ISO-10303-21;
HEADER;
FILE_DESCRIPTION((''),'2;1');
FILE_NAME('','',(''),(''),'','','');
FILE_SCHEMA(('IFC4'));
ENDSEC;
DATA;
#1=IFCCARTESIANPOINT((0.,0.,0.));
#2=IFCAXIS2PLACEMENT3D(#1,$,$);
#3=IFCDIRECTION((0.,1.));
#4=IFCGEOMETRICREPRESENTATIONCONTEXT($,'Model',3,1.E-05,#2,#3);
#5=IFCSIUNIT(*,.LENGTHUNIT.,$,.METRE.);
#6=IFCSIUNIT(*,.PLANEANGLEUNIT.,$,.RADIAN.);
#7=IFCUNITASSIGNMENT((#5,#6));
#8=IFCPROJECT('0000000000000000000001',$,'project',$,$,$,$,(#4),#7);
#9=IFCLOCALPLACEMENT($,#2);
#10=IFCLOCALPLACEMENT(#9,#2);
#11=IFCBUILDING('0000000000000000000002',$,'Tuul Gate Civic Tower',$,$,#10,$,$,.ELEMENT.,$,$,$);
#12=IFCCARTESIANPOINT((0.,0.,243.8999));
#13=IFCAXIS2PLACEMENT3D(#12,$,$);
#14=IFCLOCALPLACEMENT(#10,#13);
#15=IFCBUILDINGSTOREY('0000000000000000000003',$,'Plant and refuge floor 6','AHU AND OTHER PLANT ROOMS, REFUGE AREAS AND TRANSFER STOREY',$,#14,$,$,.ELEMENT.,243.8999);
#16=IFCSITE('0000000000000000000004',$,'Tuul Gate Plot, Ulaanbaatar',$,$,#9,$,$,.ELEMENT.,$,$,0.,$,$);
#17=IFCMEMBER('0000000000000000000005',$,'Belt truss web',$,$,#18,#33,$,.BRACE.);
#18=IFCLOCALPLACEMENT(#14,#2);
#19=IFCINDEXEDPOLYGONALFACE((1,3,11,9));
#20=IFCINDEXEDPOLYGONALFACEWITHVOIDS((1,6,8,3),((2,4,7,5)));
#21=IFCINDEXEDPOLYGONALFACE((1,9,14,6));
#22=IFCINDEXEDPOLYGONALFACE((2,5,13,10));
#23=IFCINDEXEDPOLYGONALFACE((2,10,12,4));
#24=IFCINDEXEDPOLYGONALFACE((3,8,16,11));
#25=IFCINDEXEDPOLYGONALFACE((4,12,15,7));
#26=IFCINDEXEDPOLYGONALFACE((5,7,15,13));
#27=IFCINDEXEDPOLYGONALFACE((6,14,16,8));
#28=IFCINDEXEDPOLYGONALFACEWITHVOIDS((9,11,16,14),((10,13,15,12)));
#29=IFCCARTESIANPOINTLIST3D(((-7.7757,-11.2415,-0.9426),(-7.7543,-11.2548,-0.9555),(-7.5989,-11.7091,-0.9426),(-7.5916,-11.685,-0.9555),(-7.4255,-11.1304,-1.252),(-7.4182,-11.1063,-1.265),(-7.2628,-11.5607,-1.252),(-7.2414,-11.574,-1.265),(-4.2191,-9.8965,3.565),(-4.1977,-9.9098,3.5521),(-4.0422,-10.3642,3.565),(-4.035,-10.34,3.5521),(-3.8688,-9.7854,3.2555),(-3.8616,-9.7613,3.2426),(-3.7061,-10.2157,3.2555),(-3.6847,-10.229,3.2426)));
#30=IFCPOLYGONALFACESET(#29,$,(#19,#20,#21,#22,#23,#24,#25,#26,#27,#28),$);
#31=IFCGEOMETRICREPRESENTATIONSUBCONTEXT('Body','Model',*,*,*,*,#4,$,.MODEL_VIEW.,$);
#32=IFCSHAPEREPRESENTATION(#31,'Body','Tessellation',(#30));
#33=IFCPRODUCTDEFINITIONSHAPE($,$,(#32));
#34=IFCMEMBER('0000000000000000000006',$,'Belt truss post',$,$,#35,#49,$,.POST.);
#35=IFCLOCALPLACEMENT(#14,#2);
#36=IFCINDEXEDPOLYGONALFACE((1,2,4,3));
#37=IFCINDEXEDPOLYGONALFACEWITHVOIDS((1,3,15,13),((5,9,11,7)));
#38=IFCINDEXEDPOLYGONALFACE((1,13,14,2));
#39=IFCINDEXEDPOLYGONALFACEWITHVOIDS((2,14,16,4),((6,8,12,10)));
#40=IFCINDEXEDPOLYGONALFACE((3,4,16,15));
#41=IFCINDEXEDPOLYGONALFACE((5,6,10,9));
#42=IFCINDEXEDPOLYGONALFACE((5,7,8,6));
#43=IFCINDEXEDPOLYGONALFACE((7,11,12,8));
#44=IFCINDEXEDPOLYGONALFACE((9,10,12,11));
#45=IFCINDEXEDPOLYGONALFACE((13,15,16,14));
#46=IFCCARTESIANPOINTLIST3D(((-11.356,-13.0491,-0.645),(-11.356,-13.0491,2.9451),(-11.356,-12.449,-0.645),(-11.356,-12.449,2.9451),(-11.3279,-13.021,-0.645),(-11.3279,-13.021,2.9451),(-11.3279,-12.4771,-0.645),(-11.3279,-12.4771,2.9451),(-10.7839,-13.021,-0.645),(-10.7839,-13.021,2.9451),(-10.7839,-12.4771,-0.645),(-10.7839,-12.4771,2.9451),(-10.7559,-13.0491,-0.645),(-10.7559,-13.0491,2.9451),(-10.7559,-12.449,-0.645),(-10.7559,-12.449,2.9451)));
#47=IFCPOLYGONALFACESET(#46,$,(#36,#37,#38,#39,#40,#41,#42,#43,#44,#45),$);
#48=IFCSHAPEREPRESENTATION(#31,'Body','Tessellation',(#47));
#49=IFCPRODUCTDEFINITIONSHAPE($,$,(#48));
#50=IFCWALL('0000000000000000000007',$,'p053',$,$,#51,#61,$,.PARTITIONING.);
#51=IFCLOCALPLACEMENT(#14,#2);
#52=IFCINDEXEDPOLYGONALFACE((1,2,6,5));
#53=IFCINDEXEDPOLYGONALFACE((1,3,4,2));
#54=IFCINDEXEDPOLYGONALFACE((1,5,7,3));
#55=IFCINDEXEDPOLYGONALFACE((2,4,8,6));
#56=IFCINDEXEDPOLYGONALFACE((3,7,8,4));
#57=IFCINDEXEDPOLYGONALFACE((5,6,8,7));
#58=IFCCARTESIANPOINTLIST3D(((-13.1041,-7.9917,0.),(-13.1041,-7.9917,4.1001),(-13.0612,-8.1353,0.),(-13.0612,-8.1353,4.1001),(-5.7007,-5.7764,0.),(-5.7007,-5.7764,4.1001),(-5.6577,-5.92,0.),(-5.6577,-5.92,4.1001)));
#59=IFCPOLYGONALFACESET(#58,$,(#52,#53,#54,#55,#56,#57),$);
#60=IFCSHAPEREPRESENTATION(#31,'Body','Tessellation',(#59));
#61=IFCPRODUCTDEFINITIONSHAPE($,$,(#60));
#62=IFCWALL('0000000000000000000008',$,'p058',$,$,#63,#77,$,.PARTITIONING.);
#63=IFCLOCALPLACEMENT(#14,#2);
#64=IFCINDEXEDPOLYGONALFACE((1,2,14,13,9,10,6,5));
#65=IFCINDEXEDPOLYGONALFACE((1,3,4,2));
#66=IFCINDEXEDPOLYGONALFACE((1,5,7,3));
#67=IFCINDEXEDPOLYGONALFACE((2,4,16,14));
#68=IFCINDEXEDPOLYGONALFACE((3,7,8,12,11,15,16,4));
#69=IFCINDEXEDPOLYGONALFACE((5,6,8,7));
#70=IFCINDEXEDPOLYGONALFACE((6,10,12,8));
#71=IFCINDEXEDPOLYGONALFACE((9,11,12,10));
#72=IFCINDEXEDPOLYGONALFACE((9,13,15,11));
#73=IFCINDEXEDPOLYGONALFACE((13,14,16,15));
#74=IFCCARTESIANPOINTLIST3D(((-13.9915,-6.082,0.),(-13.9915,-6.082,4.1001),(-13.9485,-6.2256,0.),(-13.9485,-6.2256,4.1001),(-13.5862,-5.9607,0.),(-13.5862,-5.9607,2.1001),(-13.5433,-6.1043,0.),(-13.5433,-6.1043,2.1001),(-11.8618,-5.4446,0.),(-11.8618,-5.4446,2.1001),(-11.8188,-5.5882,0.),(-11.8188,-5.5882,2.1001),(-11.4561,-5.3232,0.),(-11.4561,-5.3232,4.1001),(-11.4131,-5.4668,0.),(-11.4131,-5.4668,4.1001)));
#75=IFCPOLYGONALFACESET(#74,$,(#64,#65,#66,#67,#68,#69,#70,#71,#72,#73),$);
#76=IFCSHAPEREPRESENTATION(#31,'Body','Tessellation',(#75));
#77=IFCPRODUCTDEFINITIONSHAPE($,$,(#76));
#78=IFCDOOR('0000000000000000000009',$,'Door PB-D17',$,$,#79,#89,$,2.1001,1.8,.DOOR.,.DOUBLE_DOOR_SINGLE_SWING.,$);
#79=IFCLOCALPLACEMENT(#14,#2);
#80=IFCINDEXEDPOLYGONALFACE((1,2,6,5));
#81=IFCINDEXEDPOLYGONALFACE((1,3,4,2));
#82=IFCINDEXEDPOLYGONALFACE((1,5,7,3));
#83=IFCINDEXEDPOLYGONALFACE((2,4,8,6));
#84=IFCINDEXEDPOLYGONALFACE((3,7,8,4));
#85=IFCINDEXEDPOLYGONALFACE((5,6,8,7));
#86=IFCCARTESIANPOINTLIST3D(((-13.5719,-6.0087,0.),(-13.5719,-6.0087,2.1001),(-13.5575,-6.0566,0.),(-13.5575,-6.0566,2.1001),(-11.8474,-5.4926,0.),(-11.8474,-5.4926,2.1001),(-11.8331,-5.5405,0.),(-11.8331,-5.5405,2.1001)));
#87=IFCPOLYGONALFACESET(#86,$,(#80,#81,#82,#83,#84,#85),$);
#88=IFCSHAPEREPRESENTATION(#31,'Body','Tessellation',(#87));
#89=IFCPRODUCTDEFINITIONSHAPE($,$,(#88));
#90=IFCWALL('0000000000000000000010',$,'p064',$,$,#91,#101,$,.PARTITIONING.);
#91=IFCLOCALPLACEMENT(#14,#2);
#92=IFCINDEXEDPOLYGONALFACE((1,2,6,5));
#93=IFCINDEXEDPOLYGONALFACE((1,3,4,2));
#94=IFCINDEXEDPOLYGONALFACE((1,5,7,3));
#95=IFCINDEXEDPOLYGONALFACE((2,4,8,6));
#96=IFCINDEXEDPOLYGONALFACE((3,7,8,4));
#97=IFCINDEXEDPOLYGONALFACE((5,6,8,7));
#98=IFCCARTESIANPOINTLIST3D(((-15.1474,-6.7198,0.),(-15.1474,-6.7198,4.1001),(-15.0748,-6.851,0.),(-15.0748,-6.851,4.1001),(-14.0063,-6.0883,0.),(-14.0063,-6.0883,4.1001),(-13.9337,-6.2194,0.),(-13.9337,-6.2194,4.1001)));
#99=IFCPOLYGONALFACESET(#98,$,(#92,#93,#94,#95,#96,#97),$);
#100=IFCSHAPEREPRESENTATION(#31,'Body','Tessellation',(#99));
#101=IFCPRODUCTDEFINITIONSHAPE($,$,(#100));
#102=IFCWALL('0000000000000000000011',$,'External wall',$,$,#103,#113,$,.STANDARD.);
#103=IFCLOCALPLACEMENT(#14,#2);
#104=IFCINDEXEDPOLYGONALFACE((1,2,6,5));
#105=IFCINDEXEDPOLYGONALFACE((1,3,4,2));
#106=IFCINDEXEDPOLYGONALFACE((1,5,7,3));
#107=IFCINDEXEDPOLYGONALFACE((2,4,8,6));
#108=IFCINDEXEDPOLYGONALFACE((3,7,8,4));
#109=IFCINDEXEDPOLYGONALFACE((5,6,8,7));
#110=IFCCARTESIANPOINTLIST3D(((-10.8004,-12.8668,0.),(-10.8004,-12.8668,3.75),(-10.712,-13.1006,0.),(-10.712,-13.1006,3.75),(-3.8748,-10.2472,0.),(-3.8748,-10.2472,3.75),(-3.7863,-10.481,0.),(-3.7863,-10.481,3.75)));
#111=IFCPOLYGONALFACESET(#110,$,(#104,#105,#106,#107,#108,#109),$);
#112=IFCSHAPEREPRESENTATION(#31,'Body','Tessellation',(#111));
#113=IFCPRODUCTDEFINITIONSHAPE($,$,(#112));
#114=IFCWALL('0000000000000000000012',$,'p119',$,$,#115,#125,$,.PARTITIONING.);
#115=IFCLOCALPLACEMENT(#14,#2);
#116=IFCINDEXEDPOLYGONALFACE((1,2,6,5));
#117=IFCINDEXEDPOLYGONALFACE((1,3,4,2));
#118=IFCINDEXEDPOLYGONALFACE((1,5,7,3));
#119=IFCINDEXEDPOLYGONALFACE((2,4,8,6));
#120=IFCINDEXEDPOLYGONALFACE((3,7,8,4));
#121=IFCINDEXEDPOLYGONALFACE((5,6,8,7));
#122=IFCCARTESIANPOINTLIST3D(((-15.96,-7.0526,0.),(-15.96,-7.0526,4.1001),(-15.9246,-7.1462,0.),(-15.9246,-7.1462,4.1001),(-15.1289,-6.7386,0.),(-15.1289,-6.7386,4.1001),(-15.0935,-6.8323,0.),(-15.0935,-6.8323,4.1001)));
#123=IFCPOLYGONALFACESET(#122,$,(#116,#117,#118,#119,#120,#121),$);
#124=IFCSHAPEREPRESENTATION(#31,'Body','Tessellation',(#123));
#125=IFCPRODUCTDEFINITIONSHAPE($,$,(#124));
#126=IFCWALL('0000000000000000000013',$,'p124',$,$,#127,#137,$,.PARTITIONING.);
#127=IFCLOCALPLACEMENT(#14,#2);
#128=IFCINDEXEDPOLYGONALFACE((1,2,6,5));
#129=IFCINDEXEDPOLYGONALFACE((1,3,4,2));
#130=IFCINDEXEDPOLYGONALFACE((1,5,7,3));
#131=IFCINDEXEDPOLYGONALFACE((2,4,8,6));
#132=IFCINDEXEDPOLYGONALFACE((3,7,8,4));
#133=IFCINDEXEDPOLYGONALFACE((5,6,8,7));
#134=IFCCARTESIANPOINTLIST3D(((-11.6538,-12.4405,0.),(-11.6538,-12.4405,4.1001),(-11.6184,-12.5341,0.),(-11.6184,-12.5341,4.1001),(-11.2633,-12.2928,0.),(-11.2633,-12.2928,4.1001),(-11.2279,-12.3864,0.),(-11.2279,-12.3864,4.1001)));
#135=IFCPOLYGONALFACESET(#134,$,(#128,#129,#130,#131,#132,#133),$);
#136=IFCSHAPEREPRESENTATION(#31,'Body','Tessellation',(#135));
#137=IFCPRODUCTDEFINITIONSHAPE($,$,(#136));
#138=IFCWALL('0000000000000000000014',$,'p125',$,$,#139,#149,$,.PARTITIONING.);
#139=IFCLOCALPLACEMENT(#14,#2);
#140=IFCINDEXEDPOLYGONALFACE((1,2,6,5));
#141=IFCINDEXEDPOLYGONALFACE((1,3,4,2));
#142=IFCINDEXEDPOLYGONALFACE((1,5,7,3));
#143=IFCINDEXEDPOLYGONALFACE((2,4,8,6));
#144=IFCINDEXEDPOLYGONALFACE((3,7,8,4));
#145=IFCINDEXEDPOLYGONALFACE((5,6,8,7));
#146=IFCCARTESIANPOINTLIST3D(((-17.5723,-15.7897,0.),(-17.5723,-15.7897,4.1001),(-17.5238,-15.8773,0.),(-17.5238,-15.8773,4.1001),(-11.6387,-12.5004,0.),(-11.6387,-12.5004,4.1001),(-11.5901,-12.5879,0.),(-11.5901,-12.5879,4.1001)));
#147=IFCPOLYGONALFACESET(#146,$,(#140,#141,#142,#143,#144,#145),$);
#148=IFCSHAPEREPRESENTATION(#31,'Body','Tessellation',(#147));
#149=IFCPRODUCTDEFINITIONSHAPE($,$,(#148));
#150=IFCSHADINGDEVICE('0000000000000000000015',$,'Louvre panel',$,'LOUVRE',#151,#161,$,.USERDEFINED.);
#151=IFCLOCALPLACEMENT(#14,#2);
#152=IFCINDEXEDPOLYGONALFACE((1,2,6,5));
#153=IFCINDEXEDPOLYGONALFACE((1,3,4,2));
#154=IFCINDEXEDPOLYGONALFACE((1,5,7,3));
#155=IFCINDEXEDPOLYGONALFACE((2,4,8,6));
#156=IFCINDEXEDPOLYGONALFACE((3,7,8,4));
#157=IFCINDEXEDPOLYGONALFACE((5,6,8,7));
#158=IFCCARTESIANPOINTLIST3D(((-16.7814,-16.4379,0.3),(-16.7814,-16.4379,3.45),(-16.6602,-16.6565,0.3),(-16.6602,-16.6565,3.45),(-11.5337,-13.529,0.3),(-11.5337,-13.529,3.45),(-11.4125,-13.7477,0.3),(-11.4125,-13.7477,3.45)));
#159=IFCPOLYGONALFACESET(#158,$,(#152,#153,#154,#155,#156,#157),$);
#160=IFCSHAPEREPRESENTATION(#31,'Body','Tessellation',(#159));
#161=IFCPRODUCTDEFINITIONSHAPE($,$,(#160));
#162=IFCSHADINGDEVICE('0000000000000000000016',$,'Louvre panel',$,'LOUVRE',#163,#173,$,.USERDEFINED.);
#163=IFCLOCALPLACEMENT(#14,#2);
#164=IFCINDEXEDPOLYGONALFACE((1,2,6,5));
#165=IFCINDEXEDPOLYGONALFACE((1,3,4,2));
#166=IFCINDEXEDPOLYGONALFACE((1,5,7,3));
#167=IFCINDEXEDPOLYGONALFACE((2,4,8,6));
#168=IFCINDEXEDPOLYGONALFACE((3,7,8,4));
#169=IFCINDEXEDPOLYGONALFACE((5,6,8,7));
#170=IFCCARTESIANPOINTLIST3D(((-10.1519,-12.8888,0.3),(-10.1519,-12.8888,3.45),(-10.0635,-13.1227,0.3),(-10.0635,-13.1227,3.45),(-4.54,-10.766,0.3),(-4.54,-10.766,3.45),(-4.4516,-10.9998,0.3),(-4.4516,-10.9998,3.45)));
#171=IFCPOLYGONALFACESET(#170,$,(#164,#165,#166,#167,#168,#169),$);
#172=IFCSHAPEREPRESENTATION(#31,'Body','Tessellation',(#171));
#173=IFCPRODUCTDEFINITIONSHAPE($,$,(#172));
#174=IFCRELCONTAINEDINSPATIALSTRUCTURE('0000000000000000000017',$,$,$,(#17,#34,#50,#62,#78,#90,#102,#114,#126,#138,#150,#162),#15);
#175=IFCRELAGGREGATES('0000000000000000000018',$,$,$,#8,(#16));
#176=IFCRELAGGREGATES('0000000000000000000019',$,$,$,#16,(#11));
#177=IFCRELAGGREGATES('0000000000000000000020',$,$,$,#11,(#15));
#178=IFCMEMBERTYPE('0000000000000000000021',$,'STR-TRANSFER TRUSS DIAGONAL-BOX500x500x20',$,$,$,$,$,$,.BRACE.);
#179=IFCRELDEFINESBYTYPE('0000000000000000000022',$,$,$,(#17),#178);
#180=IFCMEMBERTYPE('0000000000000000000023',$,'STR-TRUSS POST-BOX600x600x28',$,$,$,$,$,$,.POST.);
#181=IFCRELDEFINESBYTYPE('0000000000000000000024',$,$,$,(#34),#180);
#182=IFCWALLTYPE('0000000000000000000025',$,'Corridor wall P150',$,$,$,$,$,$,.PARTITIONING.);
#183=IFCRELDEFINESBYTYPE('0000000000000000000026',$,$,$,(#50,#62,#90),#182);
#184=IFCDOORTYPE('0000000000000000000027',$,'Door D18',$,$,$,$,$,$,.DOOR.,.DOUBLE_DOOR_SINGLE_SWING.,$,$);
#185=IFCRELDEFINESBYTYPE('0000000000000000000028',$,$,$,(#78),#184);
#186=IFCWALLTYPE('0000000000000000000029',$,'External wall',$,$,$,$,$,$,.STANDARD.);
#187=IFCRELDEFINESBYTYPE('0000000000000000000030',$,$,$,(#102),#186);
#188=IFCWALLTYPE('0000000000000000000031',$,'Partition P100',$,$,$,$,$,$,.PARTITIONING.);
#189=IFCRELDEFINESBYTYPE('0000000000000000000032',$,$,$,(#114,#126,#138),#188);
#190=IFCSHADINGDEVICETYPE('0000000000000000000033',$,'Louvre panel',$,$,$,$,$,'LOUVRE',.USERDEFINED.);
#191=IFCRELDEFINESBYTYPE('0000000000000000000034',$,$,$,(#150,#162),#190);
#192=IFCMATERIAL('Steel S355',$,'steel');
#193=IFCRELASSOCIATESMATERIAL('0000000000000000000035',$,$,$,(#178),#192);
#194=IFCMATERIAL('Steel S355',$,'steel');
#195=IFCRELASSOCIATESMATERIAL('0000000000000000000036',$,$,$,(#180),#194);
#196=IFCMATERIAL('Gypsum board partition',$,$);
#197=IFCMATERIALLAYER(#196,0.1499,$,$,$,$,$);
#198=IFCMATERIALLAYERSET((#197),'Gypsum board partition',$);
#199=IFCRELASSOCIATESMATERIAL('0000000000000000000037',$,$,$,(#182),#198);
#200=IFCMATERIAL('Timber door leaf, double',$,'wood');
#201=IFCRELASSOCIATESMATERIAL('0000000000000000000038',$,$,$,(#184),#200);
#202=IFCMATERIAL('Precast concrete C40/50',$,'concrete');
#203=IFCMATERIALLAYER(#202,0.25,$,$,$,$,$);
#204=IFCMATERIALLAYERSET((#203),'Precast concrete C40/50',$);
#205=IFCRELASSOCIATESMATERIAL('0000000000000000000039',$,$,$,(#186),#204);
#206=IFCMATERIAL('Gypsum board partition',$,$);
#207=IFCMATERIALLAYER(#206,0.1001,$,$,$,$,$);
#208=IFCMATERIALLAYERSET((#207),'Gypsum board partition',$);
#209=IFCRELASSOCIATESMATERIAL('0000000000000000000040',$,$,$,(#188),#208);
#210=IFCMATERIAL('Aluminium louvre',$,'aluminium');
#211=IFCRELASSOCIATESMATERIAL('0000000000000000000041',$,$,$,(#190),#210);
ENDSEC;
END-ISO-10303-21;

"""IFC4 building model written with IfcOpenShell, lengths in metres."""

from ifc_helpers import new_model, si_unit, direction, frame, frame_2d, origin, origin_2d, place, context, subcontext, project, spatial, rectangle, hollow_rectangle, extrude, material, layer, layer_set, material_profile, profile_set, type_object, element, fill, save


model = new_model("IFC4")

# Units and contexts
model_context = context("Model", 3, precision=1e-05, world=origin(), true_north=direction((0.0, 1.0)))
body_context = subcontext(model_context, "Body", "Model", "MODEL_VIEW")
ifc_project = project(units=[si_unit("LENGTHUNIT", "METRE"), si_unit("PLANEANGLEUNIT", "RADIAN")], contexts=[model_context])

# Site, building, storey
site_placement = place(None, origin())
site = spatial("IfcSite", under=ifc_project, at=site_placement, Name="Tuul Gate Plot, Ulaanbaatar", CompositionType="ELEMENT", RefElevation=0.0)
building_placement = place(site_placement, origin())
building = spatial("IfcBuilding", under=site, at=building_placement, Name="Tuul Gate Civic Tower", CompositionType="ELEMENT")
storey_placement = place(building_placement, frame((0.0, 0.0, 243.8999)))
storey = spatial("IfcBuildingStorey", under=building, at=storey_placement, Name="Plant and refuge floor 6", Description="AHU AND OTHER PLANT ROOMS, REFUGE AREAS AND TRANSFER STOREY", CompositionType="ELEMENT", Elevation=243.8999)

# Members
ifc_material_1 = material(Name="Steel S355", Category="steel")
ifc_material_profile_1 = material_profile(ifc_material_1, hollow_rectangle(XDim=0.5, YDim=0.5, WallThickness=0.02, at=origin_2d()), Name="BOX500x500x20")
ifc_profile_set_1 = profile_set([ifc_material_profile_1], Name="Steel S355")
member_type_1 = type_object("IfcMemberType", Name="STR-TRANSFER TRUSS DIAGONAL-BOX500x500x20", PredefinedType="BRACE", material=ifc_profile_set_1)
for number, where, z_axis, x_axis, name in (
    (1, (-7.5085, -11.4077, -1.1038), (0.603108, 0.22807, 0.764359), (-0.353711, 0.935355, 0.0), "Belt truss web"),
):
    element("IfcMember", number, at=place(storey_placement, frame(where, z_axis=z_axis, x_axis=x_axis)), inside=storey, type_object=member_type_1, Name=name, PredefinedType="BRACE", context=body_context, shape_type="SweptSolid", body=[
        extrude(hollow_rectangle(XDim=0.5, YDim=0.5, WallThickness=0.02, at=origin_2d()), origin(), (0.0, 0.0, 1.0), 5.8972),
    ])
ifc_material_2 = material(Name="Steel S355", Category="steel")
ifc_material_profile_2 = material_profile(ifc_material_2, hollow_rectangle(XDim=0.6001, YDim=0.6001, WallThickness=0.0281, at=origin_2d()), Name="BOX600x600x28")
ifc_profile_set_2 = profile_set([ifc_material_profile_2], Name="Steel S355")
member_type_2 = type_object("IfcMemberType", Name="STR-TRUSS POST-BOX600x600x28", PredefinedType="POST", material=ifc_profile_set_2)
member_placement = place(storey_placement, frame((-11.0559, -12.749, -0.645), z_axis=(0.0, 0.0, 1.0), x_axis=(1.0, 0.0, 0.0)))
element("IfcMember", 2, at=member_placement, inside=storey, type_object=member_type_2, Name="Belt truss post", PredefinedType="POST", context=body_context, shape_type="SweptSolid", body=[
    extrude(hollow_rectangle(XDim=0.6001, YDim=0.6001, WallThickness=0.0281, at=origin_2d()), origin(), (0.0, 0.0, 1.0), 3.5901),
])

# Wall
ifc_material_3 = material(Name="Gypsum board partition")
ifc_layer_1 = layer(ifc_material_3, 0.1499)
ifc_layer_set_1 = layer_set([ifc_layer_1], Name="Gypsum board partition")
wall_type_1 = type_object("IfcWallType", Name="Corridor wall P150", PredefinedType="PARTITIONING", material=ifc_layer_set_1)
wall_1_placement = place(storey_placement, frame((-13.0825, -8.0635, 0.0), z_axis=(0.0, 0.0, 1.0), x_axis=(0.95803, 0.286667, 0.0)))
element("IfcWall", 3, at=wall_1_placement, inside=storey, type_object=wall_type_1, Name="p053", PredefinedType="PARTITIONING", context=body_context, shape_type="SweptSolid", body=[
    extrude(rectangle(XDim=7.7278, YDim=0.1499, at=frame_2d((3.8638, 0.0))), origin(), (0.0, 0.0, 1.0), 4.1001),
])

# Wall, opening, door
wall_2_placement = place(storey_placement, frame((-13.97, -6.1538, 0.0), z_axis=(0.0, 0.0, 1.0), x_axis=(0.958016, 0.286713, 0.0)))
wall_2 = element("IfcWall", 4, at=wall_2_placement, inside=storey, type_object=wall_type_1, Name="p058", PredefinedType="PARTITIONING", context=body_context, shape_type="SweptSolid", body=[
    extrude(rectangle(XDim=2.6465, YDim=0.1499, at=frame_2d((1.3232, 0.0))), origin(), (0.0, 0.0, 1.0), 4.1001),
])
opening_placement = place(wall_2_placement, frame((0.4231, 0.0, 0.0)))
opening = element("IfcOpeningElement", 5, at=opening_placement, cuts=wall_2, PredefinedType="OPENING", context=body_context, shape_type="SweptSolid", body=[
    extrude(rectangle(XDim=1.8, YDim=2.1001, at=frame_2d((0.8999, 1.05))), frame((0.0, 0.085, 0.0), z_axis=(0.0, -1.0, 0.0), x_axis=(1.0, 0.0, 0.0)), (0.0, 0.0, 1.0), 0.1699),
])
ifc_material_4 = material(Name="Timber door leaf, double", Category="wood")
door_type = type_object("IfcDoorType", Name="Door D18", OperationType="DOUBLE_DOOR_SINGLE_SWING", PredefinedType="DOOR", material=ifc_material_4)
door_placement = place(opening_placement, origin())
door = element("IfcDoor", 6, at=door_placement, inside=storey, type_object=door_type, Name="Door PB-D17", OperationType="DOUBLE_DOOR_SINGLE_SWING", OverallHeight=2.1001, OverallWidth=1.8, PredefinedType="DOOR", context=body_context, shape_type="SweptSolid", body=[
    extrude(rectangle(XDim=1.8, YDim=2.1001, at=frame_2d((0.8999, 1.05))), frame((0.0, 0.0249, 0.0), z_axis=(0.0, -1.0, 0.0), x_axis=(1.0, 0.0, 0.0)), (0.0, 0.0, 1.0), 0.05),
])
fill(opening, door)

# Walls
wall_3_placement = place(storey_placement, frame((-15.1111, -6.7854, 0.0), z_axis=(0.0, 0.0, 1.0), x_axis=(0.874924, 0.48426, 0.0)))
element("IfcWall", 7, at=wall_3_placement, inside=storey, type_object=wall_type_1, Name="p064", PredefinedType="PARTITIONING", context=body_context, shape_type="SweptSolid", body=[
    extrude(rectangle(XDim=1.3042, YDim=0.1499, at=frame_2d((0.6521, 0.0))), origin(), (0.0, 0.0, 1.0), 4.1001),
])
ifc_material_5 = material(Name="Precast concrete C40/50", Category="concrete")
ifc_layer_2 = layer(ifc_material_5, 0.25)
ifc_layer_set_2 = layer_set([ifc_layer_2], Name="Precast concrete C40/50")
wall_type_2 = type_object("IfcWallType", Name="External wall", PredefinedType="STANDARD", material=ifc_layer_set_2)
wall_4_placement = place(storey_placement, frame((-10.7561, -12.9836, 0.0), z_axis=(0.0, 0.0, 1.0), x_axis=(0.935328, 0.353781, 0.0)))
element("IfcWall", 8, at=wall_4_placement, inside=storey, type_object=wall_type_2, Name="External wall", PredefinedType="STANDARD", context=body_context, shape_type="SweptSolid", body=[
    extrude(rectangle(XDim=7.4045, YDim=0.25, at=frame_2d((3.7021, 0.0))), origin(), (0.0, 0.0, 1.0), 3.75),
])
ifc_material_6 = material(Name="Gypsum board partition")
ifc_layer_3 = layer(ifc_material_6, 0.1001)
ifc_layer_set_3 = layer_set([ifc_layer_3], Name="Gypsum board partition")
wall_type_3 = type_object("IfcWallType", Name="Partition P100", PredefinedType="PARTITIONING", material=ifc_layer_set_3)
wall_5_placement = place(storey_placement, frame((-15.1111, -6.7854, 0.0), z_axis=(0.0, 0.0, 1.0), x_axis=(-0.935468, -0.353411, 0.0)))
element("IfcWall", 9, at=wall_5_placement, inside=storey, type_object=wall_type_3, Name="p119", PredefinedType="PARTITIONING", context=body_context, shape_type="SweptSolid", body=[
    extrude(rectangle(XDim=0.8884, YDim=0.1001, at=frame_2d((0.4443, 0.0))), origin(), (0.0, 0.0, 1.0), 4.1001),
])
wall_6_placement = place(storey_placement, frame((-11.2456, -12.3396, 0.0), z_axis=(0.0, 0.0, 1.0), x_axis=(-0.935291, -0.353878, 0.0)))
element("IfcWall", 10, at=wall_6_placement, inside=storey, type_object=wall_type_3, Name="p124", PredefinedType="PARTITIONING", context=body_context, shape_type="SweptSolid", body=[
    extrude(rectangle(XDim=0.4175, YDim=0.1001, at=frame_2d((0.2087, 0.0))), origin(), (0.0, 0.0, 1.0), 4.1001),
])
wall_7_placement = place(storey_placement, frame((-11.6145, -12.5442, 0.0), z_axis=(0.0, 0.0, 1.0), x_axis=(-0.874603, -0.484839, 0.0)))
element("IfcWall", 11, at=wall_7_placement, inside=storey, type_object=wall_type_3, Name="p125", PredefinedType="PARTITIONING", context=body_context, shape_type="SweptSolid", body=[
    extrude(rectangle(XDim=6.7844, YDim=0.1001, at=frame_2d((3.3921, 0.0))), origin(), (0.0, 0.0, 1.0), 4.1001),
])

# Shading devices
ifc_material_7 = material(Name="Aluminium louvre", Category="aluminium")
shading_device_type = type_object("IfcShadingDeviceType", Name="Louvre panel", ElementType="LOUVRE", PredefinedType="USERDEFINED", material=ifc_material_7)
for number, where, z_axis, x_axis, name in (
    (12, (-14.0969, -15.0928, 0.3), (0.0, 0.0, 1.0), (0.484808, -0.874621, 0.0), "Louvre panel"),
    (13, (-7.3018, -11.9443, 0.3), (0.0, 0.0, 1.0), (0.353801, -0.935321, 0.0), "Louvre panel"),
):
    element("IfcShadingDevice", number, at=place(storey_placement, frame(where, z_axis=z_axis, x_axis=x_axis)), inside=storey, type_object=shading_device_type, Name=name, ObjectType="LOUVRE", PredefinedType="USERDEFINED", context=body_context, shape_type="SweptSolid", body=[
        extrude(rectangle(XDim=0.25, YDim=6.0, at=origin_2d()), origin(), (0.0, 0.0, 1.0), 3.1499),
    ])

save(model, "model.ifc")
